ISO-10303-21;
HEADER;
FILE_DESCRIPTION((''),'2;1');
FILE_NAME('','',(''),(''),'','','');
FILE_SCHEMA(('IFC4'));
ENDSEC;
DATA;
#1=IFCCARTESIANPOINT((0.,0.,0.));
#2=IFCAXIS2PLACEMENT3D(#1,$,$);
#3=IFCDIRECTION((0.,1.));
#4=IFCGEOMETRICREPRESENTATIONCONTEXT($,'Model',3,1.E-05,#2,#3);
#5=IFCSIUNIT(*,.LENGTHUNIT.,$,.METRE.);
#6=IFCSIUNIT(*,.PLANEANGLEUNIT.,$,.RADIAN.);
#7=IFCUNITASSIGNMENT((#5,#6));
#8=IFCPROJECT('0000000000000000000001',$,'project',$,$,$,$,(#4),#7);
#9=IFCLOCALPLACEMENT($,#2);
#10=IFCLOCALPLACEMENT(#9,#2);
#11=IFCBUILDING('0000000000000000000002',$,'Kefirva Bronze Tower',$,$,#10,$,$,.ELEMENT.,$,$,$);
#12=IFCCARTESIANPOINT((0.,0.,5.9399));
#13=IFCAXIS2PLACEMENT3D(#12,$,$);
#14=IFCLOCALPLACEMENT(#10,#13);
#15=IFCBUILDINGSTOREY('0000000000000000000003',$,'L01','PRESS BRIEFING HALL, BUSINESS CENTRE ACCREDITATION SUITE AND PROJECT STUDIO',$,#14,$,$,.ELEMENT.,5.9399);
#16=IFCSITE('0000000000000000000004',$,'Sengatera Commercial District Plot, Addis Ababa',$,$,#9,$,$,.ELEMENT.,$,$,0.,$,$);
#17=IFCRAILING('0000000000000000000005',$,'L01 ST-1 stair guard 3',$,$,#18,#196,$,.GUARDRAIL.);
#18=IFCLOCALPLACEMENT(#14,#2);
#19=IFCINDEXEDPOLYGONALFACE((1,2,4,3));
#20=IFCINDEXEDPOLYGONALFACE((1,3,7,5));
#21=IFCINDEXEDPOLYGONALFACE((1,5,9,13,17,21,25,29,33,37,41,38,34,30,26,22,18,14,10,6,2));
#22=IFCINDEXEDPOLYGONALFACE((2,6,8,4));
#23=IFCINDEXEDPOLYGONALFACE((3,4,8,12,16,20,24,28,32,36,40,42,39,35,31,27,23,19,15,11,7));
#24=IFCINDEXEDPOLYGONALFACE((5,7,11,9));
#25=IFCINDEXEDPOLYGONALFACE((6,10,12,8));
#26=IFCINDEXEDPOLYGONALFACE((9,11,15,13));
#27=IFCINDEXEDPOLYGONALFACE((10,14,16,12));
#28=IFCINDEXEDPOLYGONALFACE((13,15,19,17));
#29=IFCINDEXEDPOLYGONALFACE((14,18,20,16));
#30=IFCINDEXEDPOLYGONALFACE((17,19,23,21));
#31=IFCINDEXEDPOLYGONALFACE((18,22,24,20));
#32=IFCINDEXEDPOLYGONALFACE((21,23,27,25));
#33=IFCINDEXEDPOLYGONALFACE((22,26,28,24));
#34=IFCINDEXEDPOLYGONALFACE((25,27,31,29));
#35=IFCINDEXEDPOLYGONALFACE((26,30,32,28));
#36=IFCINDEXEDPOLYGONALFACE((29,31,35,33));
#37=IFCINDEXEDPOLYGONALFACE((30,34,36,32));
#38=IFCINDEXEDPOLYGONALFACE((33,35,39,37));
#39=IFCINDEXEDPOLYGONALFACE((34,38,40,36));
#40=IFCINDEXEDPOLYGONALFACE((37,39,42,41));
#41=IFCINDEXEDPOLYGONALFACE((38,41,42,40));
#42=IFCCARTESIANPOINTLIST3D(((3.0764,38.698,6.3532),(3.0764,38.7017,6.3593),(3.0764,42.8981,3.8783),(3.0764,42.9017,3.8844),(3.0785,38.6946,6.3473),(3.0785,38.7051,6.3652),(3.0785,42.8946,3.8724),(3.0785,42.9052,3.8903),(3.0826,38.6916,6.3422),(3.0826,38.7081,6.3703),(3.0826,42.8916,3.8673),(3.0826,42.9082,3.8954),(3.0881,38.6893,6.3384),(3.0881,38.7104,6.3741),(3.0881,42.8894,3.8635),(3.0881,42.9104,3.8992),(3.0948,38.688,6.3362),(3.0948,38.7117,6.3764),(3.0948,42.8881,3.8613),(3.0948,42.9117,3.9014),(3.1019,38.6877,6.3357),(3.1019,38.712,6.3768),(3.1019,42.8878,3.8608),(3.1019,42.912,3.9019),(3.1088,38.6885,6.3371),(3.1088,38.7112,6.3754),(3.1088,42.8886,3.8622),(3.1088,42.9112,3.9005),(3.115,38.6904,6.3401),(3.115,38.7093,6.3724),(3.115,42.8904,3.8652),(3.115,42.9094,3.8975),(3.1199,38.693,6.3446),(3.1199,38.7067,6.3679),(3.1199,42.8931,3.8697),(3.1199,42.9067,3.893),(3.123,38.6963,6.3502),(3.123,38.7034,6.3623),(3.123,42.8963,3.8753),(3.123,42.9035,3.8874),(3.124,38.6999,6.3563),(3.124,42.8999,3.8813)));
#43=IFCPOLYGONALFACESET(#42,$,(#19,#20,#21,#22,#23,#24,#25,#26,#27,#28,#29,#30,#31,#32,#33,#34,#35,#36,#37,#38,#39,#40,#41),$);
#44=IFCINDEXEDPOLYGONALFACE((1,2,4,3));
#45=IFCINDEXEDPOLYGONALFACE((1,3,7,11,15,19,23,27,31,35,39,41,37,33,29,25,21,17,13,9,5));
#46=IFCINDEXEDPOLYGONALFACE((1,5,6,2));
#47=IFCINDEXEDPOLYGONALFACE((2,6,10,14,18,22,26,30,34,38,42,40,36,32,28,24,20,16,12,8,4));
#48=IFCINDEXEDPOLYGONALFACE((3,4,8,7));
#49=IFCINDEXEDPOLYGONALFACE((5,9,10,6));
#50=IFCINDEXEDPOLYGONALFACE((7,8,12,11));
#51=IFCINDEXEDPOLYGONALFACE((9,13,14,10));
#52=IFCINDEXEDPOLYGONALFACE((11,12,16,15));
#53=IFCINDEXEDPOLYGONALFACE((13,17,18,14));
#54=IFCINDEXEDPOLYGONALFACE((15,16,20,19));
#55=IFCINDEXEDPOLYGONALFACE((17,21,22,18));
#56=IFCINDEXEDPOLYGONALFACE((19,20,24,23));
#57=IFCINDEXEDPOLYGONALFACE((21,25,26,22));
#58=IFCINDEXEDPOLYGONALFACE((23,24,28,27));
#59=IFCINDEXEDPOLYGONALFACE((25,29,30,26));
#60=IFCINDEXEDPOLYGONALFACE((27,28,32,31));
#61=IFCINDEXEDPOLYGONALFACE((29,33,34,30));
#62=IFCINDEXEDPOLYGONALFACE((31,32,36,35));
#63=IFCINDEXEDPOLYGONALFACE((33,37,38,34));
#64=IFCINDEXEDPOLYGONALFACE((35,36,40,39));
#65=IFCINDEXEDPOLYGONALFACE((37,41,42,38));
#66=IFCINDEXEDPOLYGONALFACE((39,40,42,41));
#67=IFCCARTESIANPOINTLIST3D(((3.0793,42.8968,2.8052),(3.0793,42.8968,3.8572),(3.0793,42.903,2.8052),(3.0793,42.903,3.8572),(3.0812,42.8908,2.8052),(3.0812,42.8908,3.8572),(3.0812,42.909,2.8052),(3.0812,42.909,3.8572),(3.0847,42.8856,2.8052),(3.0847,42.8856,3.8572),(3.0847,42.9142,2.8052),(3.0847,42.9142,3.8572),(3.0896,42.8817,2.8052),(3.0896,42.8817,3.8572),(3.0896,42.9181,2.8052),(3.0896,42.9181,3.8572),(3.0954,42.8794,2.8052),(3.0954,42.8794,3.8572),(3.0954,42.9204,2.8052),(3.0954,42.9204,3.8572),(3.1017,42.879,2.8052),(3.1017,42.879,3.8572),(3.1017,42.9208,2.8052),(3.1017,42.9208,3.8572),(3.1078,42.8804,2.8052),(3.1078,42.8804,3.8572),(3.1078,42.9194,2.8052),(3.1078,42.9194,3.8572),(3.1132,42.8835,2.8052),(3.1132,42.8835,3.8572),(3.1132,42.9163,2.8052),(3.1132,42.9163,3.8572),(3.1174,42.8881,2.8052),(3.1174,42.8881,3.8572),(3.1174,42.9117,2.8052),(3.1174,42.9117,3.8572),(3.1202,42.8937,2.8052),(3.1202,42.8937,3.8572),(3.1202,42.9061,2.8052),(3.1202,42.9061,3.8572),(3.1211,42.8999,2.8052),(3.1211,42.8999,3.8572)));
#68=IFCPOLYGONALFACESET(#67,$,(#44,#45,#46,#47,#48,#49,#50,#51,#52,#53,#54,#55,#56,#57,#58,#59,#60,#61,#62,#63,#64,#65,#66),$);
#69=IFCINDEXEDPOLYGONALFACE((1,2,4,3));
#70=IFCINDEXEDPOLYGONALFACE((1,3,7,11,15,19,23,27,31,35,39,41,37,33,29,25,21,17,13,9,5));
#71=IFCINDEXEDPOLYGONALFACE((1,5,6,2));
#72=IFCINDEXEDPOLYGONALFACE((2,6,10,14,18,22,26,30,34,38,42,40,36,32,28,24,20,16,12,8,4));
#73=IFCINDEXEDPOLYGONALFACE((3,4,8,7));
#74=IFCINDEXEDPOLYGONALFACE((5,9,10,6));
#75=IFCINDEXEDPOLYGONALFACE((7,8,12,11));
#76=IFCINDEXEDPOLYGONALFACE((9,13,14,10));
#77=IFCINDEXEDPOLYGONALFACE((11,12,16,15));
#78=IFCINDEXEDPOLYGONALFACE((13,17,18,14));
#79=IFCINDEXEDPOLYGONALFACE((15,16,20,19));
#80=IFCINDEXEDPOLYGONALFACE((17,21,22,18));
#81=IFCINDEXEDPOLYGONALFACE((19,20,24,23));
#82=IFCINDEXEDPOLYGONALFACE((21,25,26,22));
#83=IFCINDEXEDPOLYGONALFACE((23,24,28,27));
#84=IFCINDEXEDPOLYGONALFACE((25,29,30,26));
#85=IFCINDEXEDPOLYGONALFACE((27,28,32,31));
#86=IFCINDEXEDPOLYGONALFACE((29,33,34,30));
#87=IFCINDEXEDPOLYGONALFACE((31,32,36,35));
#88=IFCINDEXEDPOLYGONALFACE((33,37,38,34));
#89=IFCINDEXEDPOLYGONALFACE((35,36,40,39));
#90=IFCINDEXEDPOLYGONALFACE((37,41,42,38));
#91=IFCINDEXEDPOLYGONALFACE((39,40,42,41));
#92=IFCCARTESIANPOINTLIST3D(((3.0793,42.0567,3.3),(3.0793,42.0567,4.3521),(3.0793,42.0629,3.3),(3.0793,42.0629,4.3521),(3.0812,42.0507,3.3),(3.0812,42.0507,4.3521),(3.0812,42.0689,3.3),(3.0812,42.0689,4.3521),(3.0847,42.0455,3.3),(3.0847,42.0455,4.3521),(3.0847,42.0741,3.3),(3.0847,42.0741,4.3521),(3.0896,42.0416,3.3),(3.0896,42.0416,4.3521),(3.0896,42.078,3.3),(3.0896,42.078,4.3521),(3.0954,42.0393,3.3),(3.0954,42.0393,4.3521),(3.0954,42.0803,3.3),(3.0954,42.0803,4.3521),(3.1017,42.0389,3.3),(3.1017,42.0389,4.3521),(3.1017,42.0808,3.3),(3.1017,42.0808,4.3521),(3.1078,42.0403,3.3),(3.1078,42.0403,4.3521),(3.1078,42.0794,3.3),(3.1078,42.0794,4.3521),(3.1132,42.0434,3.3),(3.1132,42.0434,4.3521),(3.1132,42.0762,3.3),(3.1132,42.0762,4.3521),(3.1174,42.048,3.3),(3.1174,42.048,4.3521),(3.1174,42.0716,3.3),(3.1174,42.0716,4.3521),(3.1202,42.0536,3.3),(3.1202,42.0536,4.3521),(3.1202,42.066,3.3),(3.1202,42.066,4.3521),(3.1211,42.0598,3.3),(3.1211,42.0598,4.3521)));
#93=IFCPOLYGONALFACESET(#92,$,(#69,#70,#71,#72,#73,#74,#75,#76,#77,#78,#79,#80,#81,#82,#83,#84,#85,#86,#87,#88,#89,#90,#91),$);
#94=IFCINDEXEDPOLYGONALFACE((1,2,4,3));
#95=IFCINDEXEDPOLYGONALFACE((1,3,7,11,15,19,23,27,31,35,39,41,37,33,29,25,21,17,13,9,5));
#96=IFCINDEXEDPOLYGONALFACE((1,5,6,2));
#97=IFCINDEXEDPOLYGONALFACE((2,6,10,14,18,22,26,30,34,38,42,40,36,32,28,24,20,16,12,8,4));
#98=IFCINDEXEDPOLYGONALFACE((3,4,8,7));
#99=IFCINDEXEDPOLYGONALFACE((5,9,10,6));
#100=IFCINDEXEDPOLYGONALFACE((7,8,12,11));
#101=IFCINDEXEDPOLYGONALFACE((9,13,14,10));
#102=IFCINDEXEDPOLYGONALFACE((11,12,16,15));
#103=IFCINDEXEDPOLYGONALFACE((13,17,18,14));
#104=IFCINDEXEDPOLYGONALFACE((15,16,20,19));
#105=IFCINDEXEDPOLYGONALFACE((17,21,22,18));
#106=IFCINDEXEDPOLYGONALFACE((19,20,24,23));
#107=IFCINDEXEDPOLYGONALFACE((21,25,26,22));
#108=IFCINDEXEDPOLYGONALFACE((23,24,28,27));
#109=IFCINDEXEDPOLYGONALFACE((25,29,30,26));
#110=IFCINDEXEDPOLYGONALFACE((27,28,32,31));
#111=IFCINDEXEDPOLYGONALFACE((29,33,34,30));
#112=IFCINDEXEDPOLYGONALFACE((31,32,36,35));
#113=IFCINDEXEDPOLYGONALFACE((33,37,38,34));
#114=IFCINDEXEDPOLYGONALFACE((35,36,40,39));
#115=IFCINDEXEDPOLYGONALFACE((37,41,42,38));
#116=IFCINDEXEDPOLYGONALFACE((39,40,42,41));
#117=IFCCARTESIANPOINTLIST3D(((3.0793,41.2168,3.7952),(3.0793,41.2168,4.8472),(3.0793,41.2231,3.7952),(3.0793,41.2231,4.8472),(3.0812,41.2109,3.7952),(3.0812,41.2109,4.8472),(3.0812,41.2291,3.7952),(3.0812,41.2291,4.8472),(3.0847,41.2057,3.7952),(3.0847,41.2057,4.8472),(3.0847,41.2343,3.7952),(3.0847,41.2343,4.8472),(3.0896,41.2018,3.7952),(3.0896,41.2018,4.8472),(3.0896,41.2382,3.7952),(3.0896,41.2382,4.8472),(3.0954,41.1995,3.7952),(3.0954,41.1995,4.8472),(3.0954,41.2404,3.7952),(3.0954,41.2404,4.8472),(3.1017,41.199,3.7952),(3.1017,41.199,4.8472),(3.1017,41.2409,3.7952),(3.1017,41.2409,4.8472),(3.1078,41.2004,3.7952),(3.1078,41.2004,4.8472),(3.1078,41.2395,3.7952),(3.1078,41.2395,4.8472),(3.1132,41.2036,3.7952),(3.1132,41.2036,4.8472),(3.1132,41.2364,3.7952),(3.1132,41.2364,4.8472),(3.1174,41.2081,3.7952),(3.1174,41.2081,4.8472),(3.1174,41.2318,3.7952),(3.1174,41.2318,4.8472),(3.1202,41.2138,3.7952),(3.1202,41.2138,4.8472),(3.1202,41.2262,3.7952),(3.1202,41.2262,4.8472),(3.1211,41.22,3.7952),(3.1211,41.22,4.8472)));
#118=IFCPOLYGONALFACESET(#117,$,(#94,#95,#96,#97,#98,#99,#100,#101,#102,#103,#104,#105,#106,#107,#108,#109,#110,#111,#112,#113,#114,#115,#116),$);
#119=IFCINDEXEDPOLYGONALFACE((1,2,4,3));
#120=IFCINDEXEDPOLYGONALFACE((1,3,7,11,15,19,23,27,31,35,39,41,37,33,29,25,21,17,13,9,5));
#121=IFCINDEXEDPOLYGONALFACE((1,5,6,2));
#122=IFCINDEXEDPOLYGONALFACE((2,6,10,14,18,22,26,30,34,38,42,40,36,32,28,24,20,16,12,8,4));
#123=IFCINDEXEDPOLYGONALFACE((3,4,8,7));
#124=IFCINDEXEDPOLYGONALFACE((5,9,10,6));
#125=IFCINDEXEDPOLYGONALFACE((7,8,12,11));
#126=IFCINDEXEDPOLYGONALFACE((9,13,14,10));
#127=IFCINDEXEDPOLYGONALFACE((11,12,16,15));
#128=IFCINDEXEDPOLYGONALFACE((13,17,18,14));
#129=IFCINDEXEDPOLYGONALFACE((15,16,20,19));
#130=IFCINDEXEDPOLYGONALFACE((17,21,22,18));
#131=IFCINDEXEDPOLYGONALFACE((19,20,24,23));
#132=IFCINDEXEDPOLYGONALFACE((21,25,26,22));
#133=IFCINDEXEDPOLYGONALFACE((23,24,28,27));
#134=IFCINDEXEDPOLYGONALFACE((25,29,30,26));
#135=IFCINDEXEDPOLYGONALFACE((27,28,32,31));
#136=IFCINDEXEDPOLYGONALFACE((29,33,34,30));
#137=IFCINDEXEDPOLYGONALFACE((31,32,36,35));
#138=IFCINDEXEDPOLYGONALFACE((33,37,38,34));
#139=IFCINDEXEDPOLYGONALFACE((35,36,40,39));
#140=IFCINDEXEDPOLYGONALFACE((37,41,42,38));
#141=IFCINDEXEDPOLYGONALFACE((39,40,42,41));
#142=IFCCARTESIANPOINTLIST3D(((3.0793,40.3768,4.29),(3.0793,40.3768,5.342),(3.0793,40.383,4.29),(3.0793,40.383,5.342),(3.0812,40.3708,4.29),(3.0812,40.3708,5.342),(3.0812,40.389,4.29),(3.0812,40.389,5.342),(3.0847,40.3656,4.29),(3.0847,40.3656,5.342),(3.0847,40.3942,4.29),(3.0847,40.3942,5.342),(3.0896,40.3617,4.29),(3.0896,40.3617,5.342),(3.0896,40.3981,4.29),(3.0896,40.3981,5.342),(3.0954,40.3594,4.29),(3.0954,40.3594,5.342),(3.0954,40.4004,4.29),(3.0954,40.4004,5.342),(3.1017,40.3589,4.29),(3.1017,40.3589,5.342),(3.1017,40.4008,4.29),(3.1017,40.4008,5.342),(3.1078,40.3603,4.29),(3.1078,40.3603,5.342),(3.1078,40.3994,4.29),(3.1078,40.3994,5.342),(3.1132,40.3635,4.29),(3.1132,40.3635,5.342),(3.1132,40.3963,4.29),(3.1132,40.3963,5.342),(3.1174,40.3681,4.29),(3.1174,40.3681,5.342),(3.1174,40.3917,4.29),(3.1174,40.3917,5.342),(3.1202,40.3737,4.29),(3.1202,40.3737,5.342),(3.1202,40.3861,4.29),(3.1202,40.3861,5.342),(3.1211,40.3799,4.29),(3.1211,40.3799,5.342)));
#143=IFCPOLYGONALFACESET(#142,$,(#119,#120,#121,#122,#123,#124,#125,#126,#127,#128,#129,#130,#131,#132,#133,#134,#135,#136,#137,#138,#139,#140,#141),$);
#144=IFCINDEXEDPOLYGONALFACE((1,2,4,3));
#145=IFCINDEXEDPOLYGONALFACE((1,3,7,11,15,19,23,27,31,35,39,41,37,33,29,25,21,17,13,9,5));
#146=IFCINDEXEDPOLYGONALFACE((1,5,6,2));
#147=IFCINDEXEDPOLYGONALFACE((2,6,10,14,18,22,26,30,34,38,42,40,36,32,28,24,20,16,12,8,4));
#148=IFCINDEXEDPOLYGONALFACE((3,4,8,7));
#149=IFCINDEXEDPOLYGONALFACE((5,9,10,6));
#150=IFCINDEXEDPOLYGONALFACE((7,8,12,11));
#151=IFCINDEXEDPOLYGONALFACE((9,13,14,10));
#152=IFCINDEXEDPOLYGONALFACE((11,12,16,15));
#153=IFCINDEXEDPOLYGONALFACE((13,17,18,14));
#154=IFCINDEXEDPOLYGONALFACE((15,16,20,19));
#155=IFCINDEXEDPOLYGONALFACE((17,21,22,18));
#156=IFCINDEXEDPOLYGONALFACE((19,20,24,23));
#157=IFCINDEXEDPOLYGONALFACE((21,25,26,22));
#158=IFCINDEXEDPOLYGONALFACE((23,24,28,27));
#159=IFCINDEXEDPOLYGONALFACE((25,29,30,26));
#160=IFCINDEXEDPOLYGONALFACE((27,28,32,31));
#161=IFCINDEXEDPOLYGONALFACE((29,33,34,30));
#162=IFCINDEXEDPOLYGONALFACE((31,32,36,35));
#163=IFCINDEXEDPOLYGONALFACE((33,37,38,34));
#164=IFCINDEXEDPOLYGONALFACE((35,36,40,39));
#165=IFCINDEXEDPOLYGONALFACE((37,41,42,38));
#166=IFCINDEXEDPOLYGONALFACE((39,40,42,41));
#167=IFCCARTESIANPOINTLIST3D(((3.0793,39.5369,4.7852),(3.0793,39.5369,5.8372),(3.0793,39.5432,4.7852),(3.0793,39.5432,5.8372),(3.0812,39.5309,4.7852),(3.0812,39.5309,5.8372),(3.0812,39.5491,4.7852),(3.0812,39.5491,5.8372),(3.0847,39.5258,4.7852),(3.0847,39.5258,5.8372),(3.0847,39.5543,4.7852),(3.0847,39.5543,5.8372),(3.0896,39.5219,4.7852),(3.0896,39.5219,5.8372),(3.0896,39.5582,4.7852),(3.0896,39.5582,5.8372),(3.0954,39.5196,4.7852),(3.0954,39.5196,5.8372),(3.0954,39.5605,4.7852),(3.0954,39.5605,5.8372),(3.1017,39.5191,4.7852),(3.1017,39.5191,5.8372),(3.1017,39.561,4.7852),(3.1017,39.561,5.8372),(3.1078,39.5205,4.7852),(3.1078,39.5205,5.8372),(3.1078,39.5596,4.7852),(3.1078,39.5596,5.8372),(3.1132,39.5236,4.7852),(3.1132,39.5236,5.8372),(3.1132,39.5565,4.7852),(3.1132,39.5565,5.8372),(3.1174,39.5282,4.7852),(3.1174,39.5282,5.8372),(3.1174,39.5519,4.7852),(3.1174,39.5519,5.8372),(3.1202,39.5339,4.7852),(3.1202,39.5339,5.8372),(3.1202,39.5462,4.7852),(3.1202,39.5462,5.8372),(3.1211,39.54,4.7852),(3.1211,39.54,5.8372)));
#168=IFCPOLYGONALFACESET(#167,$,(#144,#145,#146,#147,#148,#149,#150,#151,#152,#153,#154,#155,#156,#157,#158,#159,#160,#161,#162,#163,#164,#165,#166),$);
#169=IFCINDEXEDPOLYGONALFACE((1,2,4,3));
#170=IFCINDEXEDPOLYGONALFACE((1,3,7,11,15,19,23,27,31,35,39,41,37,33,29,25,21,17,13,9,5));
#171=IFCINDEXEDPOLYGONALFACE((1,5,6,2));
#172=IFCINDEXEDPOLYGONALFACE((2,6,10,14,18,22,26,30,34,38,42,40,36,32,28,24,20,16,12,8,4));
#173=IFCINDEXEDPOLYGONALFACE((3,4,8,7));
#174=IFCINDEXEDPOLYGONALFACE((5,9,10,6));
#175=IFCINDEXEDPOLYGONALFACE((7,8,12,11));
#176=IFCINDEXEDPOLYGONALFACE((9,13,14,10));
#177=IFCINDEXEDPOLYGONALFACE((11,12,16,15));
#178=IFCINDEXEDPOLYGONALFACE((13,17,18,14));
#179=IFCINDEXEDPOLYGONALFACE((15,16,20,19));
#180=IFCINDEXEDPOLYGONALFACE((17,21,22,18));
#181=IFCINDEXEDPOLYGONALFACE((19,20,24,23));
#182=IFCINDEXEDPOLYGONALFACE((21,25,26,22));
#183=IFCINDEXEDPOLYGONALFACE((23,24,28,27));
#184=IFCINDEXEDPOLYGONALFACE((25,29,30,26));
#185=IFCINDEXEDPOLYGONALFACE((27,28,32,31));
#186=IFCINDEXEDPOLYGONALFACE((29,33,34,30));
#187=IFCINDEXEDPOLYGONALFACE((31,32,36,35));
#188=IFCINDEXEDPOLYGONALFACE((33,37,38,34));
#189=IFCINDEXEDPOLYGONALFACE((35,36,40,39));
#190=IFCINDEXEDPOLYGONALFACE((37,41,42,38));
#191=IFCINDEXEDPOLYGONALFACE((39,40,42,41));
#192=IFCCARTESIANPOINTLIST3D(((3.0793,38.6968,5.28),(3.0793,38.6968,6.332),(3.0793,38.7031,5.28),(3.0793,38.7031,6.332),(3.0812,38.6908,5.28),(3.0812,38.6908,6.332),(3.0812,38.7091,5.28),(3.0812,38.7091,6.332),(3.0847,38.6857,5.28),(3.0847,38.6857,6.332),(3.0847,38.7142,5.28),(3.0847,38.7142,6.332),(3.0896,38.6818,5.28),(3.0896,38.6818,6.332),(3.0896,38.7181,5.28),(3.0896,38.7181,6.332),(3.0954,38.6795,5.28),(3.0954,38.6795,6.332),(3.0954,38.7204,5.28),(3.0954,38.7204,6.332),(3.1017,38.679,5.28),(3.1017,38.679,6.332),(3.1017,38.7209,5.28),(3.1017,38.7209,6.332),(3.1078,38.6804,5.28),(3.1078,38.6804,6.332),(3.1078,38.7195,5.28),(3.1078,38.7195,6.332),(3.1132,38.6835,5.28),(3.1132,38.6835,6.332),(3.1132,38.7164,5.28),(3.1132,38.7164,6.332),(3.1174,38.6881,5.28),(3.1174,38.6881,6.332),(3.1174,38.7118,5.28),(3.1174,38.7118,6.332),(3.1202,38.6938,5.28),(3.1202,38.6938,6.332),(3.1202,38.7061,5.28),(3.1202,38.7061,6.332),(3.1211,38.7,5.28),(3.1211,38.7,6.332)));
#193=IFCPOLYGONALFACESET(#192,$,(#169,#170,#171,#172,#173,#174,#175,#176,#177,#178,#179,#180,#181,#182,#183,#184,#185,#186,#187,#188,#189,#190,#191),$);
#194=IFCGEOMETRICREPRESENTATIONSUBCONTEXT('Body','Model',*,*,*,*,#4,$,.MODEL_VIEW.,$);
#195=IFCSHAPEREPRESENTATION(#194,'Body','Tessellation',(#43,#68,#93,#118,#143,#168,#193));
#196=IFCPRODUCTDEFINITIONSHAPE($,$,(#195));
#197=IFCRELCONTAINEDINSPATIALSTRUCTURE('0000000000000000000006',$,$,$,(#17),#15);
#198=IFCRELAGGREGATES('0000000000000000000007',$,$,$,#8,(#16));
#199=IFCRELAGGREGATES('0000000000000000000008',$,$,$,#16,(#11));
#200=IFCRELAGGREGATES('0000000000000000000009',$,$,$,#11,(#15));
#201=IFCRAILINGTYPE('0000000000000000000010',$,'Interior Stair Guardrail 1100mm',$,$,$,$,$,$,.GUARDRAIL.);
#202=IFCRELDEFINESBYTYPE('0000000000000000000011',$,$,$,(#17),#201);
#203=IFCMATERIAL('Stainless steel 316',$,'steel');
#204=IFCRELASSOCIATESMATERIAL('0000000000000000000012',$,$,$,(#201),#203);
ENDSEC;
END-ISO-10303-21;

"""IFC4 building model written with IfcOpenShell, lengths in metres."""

from ifc_helpers import new_model, si_unit, direction, frame, origin, origin_2d, place, context, subcontext, project, spatial, circle, extrude, material, type_object, element, save


model = new_model("IFC4")

# Units and contexts
model_context = context("Model", 3, precision=1e-05, world=origin(), true_north=direction((0.0, 1.0)))
body_context = subcontext(model_context, "Body", "Model", "MODEL_VIEW")
ifc_project = project(units=[si_unit("LENGTHUNIT", "METRE"), si_unit("PLANEANGLEUNIT", "RADIAN")], contexts=[model_context])

# Site, building, storey
site_placement = place(None, origin())
site = spatial("IfcSite", under=ifc_project, at=site_placement, Name="Sengatera Commercial District Plot, Addis Ababa", CompositionType="ELEMENT", RefElevation=0.0)
building_placement = place(site_placement, origin())
building = spatial("IfcBuilding", under=site, at=building_placement, Name="Kefirva Bronze Tower", CompositionType="ELEMENT")
storey_placement = place(building_placement, frame((0.0, 0.0, 5.9399)))
storey = spatial("IfcBuildingStorey", under=building, at=storey_placement, Name="L01", Description="PRESS BRIEFING HALL, BUSINESS CENTRE ACCREDITATION SUITE AND PROJECT STUDIO", CompositionType="ELEMENT", Elevation=5.9399)

# Shared definitions
ifc_material_1 = material(Name="Stainless steel 316", Category="steel")

# Railing
railing_type_1 = type_object("IfcRailingType", Name="Interior Stair Guardrail 1100mm", PredefinedType="GUARDRAIL", material=ifc_material_1)
railing_1_placement = place(storey_placement, frame((3.1001, 42.8999, 2.8052)))
element("IfcRailing", 1, at=railing_1_placement, inside=storey, type_object=railing_type_1, Name="L01 ST-1 stair guard 3", PredefinedType="GUARDRAIL", context=body_context, shape_type="SweptSolid", body=[
    extrude(circle(Radius=0.0239, at=origin_2d()), frame((0.0, 0.0, 1.0762), z_axis=(0.0, -0.861549, 0.507674), x_axis=(1.0, 0.0, 0.0)), (0.0, 0.0, 1.0), 4.875),
    extrude(circle(Radius=0.021, at=origin_2d()), origin(), (0.0, 0.0, 1.0), 1.052),
    extrude(circle(Radius=0.021, at=origin_2d()), frame((0.0, -0.8401, 0.4949)), (0.0, 0.0, 1.0), 1.052),
    extrude(circle(Radius=0.021, at=origin_2d()), frame((0.0, -1.6799, 0.99)), (0.0, 0.0, 1.0), 1.052),
    extrude(circle(Radius=0.021, at=origin_2d()), frame((0.0, -2.52, 1.4849)), (0.0, 0.0, 1.0), 1.052),
    extrude(circle(Radius=0.021, at=origin_2d()), frame((0.0, -3.3599, 1.98)), (0.0, 0.0, 1.0), 1.052),
    extrude(circle(Radius=0.021, at=origin_2d()), frame((0.0, -4.2, 2.4749)), (0.0, 0.0, 1.0), 1.052),
])

save(model, "model.ifc")
